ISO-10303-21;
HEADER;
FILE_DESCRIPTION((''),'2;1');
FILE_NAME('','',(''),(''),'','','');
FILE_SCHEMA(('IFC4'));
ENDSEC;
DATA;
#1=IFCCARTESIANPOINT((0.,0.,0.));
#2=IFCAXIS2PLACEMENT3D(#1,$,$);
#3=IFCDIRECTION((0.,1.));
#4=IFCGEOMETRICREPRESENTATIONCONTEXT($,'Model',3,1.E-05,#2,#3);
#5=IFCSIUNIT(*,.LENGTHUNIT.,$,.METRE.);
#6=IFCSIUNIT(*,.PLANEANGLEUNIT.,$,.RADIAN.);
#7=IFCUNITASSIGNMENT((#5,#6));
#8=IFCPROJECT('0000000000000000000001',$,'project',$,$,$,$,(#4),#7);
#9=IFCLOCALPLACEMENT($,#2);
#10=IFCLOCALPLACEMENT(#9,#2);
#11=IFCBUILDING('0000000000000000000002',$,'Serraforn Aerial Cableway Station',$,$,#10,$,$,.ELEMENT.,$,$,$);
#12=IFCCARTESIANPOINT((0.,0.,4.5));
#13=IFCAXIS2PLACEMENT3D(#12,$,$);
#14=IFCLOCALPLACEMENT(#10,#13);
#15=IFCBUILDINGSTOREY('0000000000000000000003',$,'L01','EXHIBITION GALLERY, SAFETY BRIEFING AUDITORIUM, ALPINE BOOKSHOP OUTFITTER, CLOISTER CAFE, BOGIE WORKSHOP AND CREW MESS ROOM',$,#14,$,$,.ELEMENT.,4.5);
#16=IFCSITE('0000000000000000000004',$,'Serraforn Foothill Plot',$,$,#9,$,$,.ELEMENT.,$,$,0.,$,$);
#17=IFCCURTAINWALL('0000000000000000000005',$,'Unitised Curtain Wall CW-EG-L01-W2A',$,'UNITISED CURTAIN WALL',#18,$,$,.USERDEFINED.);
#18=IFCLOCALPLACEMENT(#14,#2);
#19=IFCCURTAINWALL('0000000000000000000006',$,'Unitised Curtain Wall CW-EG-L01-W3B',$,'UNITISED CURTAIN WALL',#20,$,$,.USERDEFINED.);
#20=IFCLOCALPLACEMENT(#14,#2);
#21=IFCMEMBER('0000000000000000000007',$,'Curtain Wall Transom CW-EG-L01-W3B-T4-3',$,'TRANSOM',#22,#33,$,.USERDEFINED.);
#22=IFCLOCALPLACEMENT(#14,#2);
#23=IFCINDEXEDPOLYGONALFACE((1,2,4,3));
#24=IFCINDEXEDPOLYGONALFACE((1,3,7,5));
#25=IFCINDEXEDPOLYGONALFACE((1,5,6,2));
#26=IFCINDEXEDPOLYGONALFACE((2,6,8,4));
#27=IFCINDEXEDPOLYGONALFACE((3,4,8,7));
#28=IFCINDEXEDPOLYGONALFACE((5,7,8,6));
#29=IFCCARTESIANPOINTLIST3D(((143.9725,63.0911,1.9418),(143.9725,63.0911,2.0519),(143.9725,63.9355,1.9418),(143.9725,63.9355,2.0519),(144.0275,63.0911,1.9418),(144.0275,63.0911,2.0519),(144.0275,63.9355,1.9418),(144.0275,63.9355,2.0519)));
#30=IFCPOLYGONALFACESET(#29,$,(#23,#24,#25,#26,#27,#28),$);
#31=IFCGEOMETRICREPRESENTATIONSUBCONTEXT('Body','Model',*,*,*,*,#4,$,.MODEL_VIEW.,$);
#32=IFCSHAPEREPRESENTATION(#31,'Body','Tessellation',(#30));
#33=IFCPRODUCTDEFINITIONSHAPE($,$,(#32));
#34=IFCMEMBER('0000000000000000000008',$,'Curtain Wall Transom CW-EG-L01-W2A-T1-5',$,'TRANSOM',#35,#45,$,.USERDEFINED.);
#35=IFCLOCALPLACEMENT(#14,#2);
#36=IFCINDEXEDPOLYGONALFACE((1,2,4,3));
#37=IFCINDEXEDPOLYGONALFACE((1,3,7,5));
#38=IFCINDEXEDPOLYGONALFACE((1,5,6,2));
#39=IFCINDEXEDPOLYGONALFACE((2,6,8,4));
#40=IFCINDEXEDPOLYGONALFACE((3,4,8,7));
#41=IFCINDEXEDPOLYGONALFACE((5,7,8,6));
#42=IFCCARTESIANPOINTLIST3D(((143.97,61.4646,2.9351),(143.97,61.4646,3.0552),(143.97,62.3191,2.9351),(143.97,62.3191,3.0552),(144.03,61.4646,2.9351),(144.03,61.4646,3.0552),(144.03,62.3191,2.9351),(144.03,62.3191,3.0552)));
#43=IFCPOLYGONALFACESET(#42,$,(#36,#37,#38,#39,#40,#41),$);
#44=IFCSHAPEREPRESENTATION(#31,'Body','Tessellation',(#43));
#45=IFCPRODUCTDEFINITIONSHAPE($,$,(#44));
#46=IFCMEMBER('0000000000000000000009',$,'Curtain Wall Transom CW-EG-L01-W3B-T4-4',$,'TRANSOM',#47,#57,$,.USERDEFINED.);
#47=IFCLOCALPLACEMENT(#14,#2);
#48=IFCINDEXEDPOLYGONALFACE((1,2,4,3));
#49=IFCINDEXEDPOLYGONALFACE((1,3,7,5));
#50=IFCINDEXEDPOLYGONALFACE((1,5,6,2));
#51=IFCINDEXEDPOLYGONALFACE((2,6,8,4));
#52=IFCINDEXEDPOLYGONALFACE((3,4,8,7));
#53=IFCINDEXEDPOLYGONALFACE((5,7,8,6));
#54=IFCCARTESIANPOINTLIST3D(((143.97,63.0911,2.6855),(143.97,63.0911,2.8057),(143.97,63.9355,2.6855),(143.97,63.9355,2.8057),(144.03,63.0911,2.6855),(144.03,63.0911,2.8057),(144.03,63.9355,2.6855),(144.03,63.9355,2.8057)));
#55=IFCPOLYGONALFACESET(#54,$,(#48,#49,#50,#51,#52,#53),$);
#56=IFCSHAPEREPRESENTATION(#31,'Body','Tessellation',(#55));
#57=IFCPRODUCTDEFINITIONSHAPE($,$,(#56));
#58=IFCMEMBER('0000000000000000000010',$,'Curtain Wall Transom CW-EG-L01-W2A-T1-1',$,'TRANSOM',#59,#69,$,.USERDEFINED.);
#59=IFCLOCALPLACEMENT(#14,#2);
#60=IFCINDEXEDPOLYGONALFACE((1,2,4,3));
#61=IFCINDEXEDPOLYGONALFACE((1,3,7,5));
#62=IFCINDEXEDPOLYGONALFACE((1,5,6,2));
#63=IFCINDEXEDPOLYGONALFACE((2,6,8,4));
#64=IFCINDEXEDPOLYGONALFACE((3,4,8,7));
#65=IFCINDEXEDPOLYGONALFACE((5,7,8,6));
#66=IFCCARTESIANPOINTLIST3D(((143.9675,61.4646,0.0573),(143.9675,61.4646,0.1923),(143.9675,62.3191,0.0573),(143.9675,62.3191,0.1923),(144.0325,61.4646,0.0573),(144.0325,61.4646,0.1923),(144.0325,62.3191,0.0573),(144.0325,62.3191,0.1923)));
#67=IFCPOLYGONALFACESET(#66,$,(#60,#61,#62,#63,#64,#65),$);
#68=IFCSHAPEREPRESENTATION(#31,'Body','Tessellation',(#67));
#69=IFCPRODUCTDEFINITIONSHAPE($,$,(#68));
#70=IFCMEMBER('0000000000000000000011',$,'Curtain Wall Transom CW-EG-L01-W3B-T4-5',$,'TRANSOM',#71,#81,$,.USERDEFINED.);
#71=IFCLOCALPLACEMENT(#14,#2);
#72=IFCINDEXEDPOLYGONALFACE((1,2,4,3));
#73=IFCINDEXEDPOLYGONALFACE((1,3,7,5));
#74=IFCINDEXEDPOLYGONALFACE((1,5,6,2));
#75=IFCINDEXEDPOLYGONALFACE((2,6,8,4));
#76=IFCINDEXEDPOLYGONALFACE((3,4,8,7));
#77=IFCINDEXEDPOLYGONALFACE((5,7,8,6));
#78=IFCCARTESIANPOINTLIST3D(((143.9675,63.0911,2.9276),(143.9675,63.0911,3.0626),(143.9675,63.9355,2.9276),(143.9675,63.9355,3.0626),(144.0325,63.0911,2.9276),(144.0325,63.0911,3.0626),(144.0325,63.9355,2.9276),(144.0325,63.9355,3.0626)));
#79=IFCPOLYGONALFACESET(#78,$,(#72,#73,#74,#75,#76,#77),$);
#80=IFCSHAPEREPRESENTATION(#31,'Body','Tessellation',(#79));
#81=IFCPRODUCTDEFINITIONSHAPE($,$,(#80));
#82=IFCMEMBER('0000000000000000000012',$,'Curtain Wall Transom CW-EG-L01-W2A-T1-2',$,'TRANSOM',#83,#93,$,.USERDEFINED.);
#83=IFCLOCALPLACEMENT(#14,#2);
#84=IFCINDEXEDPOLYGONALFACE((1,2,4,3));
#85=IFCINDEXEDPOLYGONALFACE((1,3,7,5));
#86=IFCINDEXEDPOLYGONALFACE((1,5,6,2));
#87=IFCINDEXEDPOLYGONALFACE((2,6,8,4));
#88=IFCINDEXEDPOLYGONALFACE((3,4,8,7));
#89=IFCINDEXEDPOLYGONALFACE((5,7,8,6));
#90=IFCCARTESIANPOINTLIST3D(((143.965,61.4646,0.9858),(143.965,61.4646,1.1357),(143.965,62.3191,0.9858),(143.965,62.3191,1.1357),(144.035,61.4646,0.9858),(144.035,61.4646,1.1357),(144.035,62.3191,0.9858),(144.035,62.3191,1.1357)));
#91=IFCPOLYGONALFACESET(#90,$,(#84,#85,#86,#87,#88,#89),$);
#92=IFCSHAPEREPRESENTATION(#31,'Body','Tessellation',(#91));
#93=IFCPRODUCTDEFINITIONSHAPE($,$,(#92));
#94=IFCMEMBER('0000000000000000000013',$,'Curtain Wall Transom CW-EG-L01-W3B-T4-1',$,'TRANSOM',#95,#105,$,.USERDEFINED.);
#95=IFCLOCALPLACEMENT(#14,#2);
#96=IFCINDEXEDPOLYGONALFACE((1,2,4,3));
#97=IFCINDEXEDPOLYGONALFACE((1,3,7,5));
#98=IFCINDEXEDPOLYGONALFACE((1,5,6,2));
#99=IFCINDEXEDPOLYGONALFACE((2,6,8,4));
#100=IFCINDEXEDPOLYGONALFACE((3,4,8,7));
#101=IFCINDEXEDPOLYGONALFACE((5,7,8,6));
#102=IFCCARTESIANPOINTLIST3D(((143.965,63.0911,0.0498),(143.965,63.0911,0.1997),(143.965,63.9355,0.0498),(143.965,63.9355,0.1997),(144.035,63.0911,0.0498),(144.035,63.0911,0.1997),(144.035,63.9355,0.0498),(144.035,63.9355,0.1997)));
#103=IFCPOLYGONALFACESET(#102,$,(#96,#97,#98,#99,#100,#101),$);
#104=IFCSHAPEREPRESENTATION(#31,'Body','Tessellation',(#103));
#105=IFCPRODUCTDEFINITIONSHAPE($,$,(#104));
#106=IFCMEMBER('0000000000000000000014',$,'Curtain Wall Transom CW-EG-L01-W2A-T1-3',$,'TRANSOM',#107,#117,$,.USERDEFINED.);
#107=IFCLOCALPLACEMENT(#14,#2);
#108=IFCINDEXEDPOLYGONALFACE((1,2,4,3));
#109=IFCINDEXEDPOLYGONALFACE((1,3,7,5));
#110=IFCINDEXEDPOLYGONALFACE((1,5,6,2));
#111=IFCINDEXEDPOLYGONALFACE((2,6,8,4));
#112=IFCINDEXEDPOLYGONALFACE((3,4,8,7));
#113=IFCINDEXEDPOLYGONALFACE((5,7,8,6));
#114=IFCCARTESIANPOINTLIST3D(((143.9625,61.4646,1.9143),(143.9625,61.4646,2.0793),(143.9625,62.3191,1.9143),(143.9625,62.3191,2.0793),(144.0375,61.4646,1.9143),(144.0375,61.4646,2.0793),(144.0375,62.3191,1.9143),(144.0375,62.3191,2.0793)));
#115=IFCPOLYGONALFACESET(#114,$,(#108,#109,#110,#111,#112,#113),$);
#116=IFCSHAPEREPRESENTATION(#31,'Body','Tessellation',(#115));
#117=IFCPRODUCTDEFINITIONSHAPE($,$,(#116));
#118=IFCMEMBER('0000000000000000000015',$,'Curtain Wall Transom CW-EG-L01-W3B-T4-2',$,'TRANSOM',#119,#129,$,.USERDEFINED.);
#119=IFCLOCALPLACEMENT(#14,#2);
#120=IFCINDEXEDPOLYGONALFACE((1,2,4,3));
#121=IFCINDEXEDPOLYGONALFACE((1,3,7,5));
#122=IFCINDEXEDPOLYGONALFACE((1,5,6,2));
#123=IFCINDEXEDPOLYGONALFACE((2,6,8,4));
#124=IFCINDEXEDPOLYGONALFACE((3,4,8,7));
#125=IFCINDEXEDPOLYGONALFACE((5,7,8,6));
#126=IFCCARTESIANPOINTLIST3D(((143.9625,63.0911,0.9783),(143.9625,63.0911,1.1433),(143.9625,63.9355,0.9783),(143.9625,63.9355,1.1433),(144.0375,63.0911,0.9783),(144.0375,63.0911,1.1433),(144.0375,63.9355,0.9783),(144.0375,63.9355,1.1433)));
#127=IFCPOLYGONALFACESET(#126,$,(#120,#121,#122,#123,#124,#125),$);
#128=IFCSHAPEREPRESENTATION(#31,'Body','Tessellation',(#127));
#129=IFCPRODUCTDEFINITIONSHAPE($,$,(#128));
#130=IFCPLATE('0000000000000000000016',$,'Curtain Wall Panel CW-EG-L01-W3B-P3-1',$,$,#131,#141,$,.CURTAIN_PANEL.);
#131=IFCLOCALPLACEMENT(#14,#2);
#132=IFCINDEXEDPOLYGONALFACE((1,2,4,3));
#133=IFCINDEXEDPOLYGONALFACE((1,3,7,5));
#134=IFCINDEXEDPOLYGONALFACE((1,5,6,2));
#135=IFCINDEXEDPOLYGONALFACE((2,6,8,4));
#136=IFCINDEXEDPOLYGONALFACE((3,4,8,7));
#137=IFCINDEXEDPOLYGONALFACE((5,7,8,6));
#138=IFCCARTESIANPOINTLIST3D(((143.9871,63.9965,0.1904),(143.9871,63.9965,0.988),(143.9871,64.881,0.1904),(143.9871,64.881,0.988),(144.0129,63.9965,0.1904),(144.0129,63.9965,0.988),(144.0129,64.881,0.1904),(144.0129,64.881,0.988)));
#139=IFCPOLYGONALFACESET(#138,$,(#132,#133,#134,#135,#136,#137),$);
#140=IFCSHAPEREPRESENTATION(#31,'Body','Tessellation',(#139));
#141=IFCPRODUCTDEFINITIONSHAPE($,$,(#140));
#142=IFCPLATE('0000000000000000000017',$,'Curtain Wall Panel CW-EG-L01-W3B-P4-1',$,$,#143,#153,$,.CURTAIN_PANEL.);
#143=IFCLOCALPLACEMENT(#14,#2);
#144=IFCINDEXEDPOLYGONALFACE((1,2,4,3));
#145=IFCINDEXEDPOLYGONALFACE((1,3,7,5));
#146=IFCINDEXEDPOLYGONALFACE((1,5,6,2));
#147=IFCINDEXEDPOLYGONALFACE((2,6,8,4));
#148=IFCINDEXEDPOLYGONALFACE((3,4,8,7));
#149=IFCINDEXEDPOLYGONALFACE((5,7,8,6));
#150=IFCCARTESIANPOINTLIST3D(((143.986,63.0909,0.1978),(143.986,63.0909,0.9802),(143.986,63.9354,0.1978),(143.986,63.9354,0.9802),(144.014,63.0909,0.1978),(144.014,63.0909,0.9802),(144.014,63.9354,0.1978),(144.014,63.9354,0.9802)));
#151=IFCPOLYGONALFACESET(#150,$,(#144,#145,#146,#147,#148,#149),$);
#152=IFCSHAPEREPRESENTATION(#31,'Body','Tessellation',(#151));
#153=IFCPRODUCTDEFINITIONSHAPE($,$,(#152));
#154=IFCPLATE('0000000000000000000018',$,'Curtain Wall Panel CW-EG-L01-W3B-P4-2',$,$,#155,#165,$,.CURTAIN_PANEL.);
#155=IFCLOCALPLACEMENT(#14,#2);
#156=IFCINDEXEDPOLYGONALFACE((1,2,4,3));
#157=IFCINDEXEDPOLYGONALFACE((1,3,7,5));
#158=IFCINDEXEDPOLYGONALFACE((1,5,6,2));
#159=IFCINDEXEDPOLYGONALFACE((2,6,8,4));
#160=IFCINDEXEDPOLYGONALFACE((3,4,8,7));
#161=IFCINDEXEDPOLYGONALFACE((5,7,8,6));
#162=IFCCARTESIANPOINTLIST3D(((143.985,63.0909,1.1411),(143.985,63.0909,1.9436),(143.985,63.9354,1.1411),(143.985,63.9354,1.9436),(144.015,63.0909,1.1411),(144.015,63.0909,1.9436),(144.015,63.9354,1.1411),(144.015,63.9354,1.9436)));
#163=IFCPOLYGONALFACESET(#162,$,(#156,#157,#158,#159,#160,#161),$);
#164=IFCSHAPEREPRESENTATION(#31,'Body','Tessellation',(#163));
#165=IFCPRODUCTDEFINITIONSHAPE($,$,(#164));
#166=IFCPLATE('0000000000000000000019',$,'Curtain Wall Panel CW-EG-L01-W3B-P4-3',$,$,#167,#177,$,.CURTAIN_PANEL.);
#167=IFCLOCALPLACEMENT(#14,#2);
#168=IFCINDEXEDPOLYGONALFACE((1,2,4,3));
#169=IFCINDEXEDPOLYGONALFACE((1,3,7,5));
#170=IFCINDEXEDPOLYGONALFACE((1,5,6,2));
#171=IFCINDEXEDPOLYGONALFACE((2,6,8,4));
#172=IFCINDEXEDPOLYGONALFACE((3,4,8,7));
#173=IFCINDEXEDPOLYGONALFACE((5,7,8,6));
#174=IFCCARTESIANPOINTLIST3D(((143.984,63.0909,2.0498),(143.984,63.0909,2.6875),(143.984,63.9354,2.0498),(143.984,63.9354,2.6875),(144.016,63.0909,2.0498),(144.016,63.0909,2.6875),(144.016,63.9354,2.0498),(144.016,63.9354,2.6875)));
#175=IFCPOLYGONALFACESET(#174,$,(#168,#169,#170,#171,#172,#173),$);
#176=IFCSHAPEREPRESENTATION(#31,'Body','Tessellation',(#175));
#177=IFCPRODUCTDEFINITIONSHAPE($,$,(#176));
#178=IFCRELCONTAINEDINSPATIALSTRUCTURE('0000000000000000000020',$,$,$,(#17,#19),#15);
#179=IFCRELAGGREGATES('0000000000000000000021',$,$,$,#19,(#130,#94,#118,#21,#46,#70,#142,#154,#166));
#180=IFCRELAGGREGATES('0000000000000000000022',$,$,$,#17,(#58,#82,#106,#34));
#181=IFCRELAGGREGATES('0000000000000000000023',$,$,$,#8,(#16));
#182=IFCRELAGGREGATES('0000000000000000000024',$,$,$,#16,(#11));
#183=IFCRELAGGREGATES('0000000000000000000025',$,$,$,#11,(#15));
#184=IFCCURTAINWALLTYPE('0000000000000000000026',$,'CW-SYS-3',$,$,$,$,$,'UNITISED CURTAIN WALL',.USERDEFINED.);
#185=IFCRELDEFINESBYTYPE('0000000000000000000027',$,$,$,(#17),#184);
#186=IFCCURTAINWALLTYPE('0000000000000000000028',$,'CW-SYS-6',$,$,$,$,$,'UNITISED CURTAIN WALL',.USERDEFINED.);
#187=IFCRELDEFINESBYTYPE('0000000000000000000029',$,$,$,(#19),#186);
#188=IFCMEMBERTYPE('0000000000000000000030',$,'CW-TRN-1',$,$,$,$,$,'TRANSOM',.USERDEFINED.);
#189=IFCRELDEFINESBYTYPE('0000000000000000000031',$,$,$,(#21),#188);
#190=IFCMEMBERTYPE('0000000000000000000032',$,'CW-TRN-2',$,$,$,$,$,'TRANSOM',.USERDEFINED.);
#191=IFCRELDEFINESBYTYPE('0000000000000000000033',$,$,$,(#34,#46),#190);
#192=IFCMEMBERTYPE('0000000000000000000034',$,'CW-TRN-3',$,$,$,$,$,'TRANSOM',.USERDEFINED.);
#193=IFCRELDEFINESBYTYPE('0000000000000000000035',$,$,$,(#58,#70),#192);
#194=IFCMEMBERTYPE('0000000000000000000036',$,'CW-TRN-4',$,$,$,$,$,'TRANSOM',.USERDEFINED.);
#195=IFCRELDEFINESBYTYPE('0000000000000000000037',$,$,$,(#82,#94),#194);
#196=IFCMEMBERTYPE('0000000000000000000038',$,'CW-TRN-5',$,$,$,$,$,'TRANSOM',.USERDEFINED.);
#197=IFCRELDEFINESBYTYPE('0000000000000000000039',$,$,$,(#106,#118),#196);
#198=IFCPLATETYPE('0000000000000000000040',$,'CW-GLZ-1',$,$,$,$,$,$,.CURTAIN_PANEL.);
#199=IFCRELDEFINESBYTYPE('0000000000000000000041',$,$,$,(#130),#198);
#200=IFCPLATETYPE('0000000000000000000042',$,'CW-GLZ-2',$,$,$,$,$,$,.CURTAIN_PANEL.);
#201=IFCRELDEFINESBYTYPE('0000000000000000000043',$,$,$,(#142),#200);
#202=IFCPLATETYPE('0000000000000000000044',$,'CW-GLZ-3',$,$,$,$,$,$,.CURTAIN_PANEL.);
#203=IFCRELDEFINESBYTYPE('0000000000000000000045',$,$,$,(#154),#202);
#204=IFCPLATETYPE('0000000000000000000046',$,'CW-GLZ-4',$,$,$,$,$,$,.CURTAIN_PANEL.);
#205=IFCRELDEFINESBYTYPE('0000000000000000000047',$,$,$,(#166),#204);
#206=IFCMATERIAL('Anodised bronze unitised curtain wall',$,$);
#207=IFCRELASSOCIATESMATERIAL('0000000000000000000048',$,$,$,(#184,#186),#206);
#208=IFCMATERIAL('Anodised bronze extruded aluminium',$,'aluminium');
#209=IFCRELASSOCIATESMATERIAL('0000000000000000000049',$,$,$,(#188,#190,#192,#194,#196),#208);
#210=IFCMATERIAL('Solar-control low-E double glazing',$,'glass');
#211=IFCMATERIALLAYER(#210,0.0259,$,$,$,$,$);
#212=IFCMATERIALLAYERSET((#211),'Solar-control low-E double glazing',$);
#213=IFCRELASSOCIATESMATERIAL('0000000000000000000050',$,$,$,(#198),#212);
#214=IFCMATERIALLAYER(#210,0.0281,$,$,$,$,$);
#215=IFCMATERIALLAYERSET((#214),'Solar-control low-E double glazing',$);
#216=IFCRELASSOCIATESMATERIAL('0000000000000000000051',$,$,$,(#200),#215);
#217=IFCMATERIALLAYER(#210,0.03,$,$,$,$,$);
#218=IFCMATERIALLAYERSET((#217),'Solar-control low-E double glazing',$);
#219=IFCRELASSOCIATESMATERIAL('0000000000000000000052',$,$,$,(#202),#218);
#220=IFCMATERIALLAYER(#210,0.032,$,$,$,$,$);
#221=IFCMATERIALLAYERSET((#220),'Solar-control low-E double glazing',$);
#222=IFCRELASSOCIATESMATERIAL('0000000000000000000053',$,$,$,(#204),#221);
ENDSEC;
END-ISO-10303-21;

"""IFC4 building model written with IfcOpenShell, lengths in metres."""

from ifc_helpers import new_model, si_unit, direction, frame, origin, origin_2d, place, context, subcontext, project, spatial, rectangle, extrude, material, layer, layer_set, material_profile, profile_set, type_object, element, aggregate, save


model = new_model("IFC4")

# Units and contexts
model_context = context("Model", 3, precision=1e-05, world=origin(), true_north=direction((0.0, 1.0)))
body_context = subcontext(model_context, "Body", "Model", "MODEL_VIEW")
ifc_project = project(units=[si_unit("LENGTHUNIT", "METRE"), si_unit("PLANEANGLEUNIT", "RADIAN")], contexts=[model_context])

# Site, building, storey
site_placement = place(None, origin())
site = spatial("IfcSite", under=ifc_project, at=site_placement, Name="Serraforn Foothill Plot", CompositionType="ELEMENT", RefElevation=0.0)
building_placement = place(site_placement, origin())
building = spatial("IfcBuilding", under=site, at=building_placement, Name="Serraforn Aerial Cableway Station", CompositionType="ELEMENT")
storey_placement = place(building_placement, frame((0.0, 0.0, 4.5)))
storey = spatial("IfcBuildingStorey", under=building, at=storey_placement, Name="L01", Description="EXHIBITION GALLERY, SAFETY BRIEFING AUDITORIUM, ALPINE BOOKSHOP OUTFITTER, CLOISTER CAFE, BOGIE WORKSHOP AND CREW MESS ROOM", CompositionType="ELEMENT", Elevation=4.5)

# Curtain wall
ifc_material_1 = material(Name="Anodised bronze unitised curtain wall")
curtain_wall_type_1 = type_object("IfcCurtainWallType", Name="CW-SYS-3", ElementType="UNITISED CURTAIN WALL", PredefinedType="USERDEFINED", material=ifc_material_1)
curtain_wall_1_placement = place(storey_placement, origin())
curtain_wall_1 = element("IfcCurtainWall", 1, at=curtain_wall_1_placement, inside=storey, type_object=curtain_wall_type_1, Name="Unitised Curtain Wall CW-EG-L01-W2A", ObjectType="UNITISED CURTAIN WALL", PredefinedType="USERDEFINED")
ifc_material_2 = material(Name="Anodised bronze extruded aluminium", Category="aluminium")

# Curtain wall
curtain_wall_type_2 = type_object("IfcCurtainWallType", Name="CW-SYS-6", ElementType="UNITISED CURTAIN WALL", PredefinedType="USERDEFINED", material=ifc_material_1)
curtain_wall_2_placement = place(storey_placement, origin())
curtain_wall_2 = element("IfcCurtainWall", 2, at=curtain_wall_2_placement, inside=storey, type_object=curtain_wall_type_2, Name="Unitised Curtain Wall CW-EG-L01-W3B", ObjectType="UNITISED CURTAIN WALL", PredefinedType="USERDEFINED")

# Members
ifc_material_profile_1 = material_profile(ifc_material_2, rectangle(XDim=0.0549, YDim=0.1101, at=origin_2d()), Name="CW TRANSOM 55x110")
ifc_profile_set_1 = profile_set([ifc_material_profile_1], Name="Anodised bronze extruded aluminium")
member_type_1 = type_object("IfcMemberType", Name="CW-TRN-1", ElementType="TRANSOM", PredefinedType="USERDEFINED", material=ifc_profile_set_1)
member_1_placement = place(storey_placement, frame((144.0, 63.9355, 1.9968), z_axis=(0.0, -1.0, 0.0), x_axis=(1.0, 0.0, 0.0)))
member_1 = element("IfcMember", 3, at=member_1_placement, type_object=member_type_1, Name="Curtain Wall Transom CW-EG-L01-W3B-T4-3", ObjectType="TRANSOM", PredefinedType="USERDEFINED", context=body_context, shape_type="SweptSolid", body=[
    extrude(rectangle(XDim=0.0549, YDim=0.1101, at=origin_2d()), origin(), (0.0, 0.0, 1.0), 0.8445),
])
ifc_material_profile_2 = material_profile(ifc_material_2, rectangle(XDim=0.0601, YDim=0.1201, at=origin_2d()), Name="CW TRANSOM 60x120")
ifc_profile_set_2 = profile_set([ifc_material_profile_2], Name="Anodised bronze extruded aluminium")
member_type_2 = type_object("IfcMemberType", Name="CW-TRN-2", ElementType="TRANSOM", PredefinedType="USERDEFINED", material=ifc_profile_set_2)
member_2_placement = place(storey_placement, frame((144.0, 62.3191, 2.9951), z_axis=(0.0, -1.0, 0.0), x_axis=(1.0, 0.0, 0.0)))
member_2 = element("IfcMember", 4, at=member_2_placement, type_object=member_type_2, Name="Curtain Wall Transom CW-EG-L01-W2A-T1-5", ObjectType="TRANSOM", PredefinedType="USERDEFINED", context=body_context, shape_type="SweptSolid", body=[
    extrude(rectangle(XDim=0.0601, YDim=0.1201, at=origin_2d()), origin(), (0.0, 0.0, 1.0), 0.8545),
])
member_3_placement = place(storey_placement, frame((144.0, 63.9355, 2.7456), z_axis=(0.0, -1.0, 0.0), x_axis=(1.0, 0.0, 0.0)))
member_3 = element("IfcMember", 5, at=member_3_placement, type_object=member_type_2, Name="Curtain Wall Transom CW-EG-L01-W3B-T4-4", ObjectType="TRANSOM", PredefinedType="USERDEFINED", context=body_context, shape_type="SweptSolid", body=[
    extrude(rectangle(XDim=0.0601, YDim=0.1201, at=origin_2d()), origin(), (0.0, 0.0, 1.0), 0.8445),
])
ifc_material_profile_3 = material_profile(ifc_material_2, rectangle(XDim=0.0649, YDim=0.135, at=origin_2d()), Name="CW TRANSOM 65x135")
ifc_profile_set_3 = profile_set([ifc_material_profile_3], Name="Anodised bronze extruded aluminium")
member_type_3 = type_object("IfcMemberType", Name="CW-TRN-3", ElementType="TRANSOM", PredefinedType="USERDEFINED", material=ifc_profile_set_3)
member_4_placement = place(storey_placement, frame((144.0, 62.3191, 0.1248), z_axis=(0.0, -1.0, 0.0), x_axis=(1.0, 0.0, 0.0)))
member_4 = element("IfcMember", 6, at=member_4_placement, type_object=member_type_3, Name="Curtain Wall Transom CW-EG-L01-W2A-T1-1", ObjectType="TRANSOM", PredefinedType="USERDEFINED", context=body_context, shape_type="SweptSolid", body=[
    extrude(rectangle(XDim=0.0649, YDim=0.135, at=origin_2d()), origin(), (0.0, 0.0, 1.0), 0.8545),
])
member_5_placement = place(storey_placement, frame((144.0, 63.9355, 2.9951), z_axis=(0.0, -1.0, 0.0), x_axis=(1.0, 0.0, 0.0)))
member_5 = element("IfcMember", 7, at=member_5_placement, type_object=member_type_3, Name="Curtain Wall Transom CW-EG-L01-W3B-T4-5", ObjectType="TRANSOM", PredefinedType="USERDEFINED", context=body_context, shape_type="SweptSolid", body=[
    extrude(rectangle(XDim=0.0649, YDim=0.135, at=origin_2d()), origin(), (0.0, 0.0, 1.0), 0.8445),
])
ifc_material_profile_4 = material_profile(ifc_material_2, rectangle(XDim=0.0701, YDim=0.1499, at=origin_2d()), Name="CW TRANSOM 70x150")
ifc_profile_set_4 = profile_set([ifc_material_profile_4], Name="Anodised bronze extruded aluminium")
member_type_4 = type_object("IfcMemberType", Name="CW-TRN-4", ElementType="TRANSOM", PredefinedType="USERDEFINED", material=ifc_profile_set_4)
member_6_placement = place(storey_placement, frame((144.0, 62.3191, 1.0608), z_axis=(0.0, -1.0, 0.0), x_axis=(1.0, 0.0, 0.0)))
member_6 = element("IfcMember", 8, at=member_6_placement, type_object=member_type_4, Name="Curtain Wall Transom CW-EG-L01-W2A-T1-2", ObjectType="TRANSOM", PredefinedType="USERDEFINED", context=body_context, shape_type="SweptSolid", body=[
    extrude(rectangle(XDim=0.0701, YDim=0.1499, at=origin_2d()), origin(), (0.0, 0.0, 1.0), 0.8545),
])
member_7_placement = place(storey_placement, frame((144.0, 63.9355, 0.1248), z_axis=(0.0, -1.0, 0.0), x_axis=(1.0, 0.0, 0.0)))
member_7 = element("IfcMember", 9, at=member_7_placement, type_object=member_type_4, Name="Curtain Wall Transom CW-EG-L01-W3B-T4-1", ObjectType="TRANSOM", PredefinedType="USERDEFINED", context=body_context, shape_type="SweptSolid", body=[
    extrude(rectangle(XDim=0.0701, YDim=0.1499, at=origin_2d()), origin(), (0.0, 0.0, 1.0), 0.8445),
])
ifc_material_profile_5 = material_profile(ifc_material_2, rectangle(XDim=0.075, YDim=0.165, at=origin_2d()), Name="CW TRANSOM 75x165")
ifc_profile_set_5 = profile_set([ifc_material_profile_5], Name="Anodised bronze extruded aluminium")
member_type_5 = type_object("IfcMemberType", Name="CW-TRN-5", ElementType="TRANSOM", PredefinedType="USERDEFINED", material=ifc_profile_set_5)
member_8_placement = place(storey_placement, frame((144.0, 62.3191, 1.9968), z_axis=(0.0, -1.0, 0.0), x_axis=(1.0, 0.0, 0.0)))
member_8 = element("IfcMember", 10, at=member_8_placement, type_object=member_type_5, Name="Curtain Wall Transom CW-EG-L01-W2A-T1-3", ObjectType="TRANSOM", PredefinedType="USERDEFINED", context=body_context, shape_type="SweptSolid", body=[
    extrude(rectangle(XDim=0.075, YDim=0.165, at=origin_2d()), origin(), (0.0, 0.0, 1.0), 0.8545),
])
member_9_placement = place(storey_placement, frame((144.0, 63.9355, 1.0608), z_axis=(0.0, -1.0, 0.0), x_axis=(1.0, 0.0, 0.0)))
member_9 = element("IfcMember", 11, at=member_9_placement, type_object=member_type_5, Name="Curtain Wall Transom CW-EG-L01-W3B-T4-2", ObjectType="TRANSOM", PredefinedType="USERDEFINED", context=body_context, shape_type="SweptSolid", body=[
    extrude(rectangle(XDim=0.075, YDim=0.165, at=origin_2d()), origin(), (0.0, 0.0, 1.0), 0.8445),
])

# Plates
ifc_material_3 = material(Name="Solar-control low-E double glazing", Category="glass")
ifc_layer_1 = layer(ifc_material_3, 0.0259)
ifc_layer_set_1 = layer_set([ifc_layer_1], Name="Solar-control low-E double glazing")
plate_type_1 = type_object("IfcPlateType", Name="CW-GLZ-1", PredefinedType="CURTAIN_PANEL", material=ifc_layer_set_1)
plate_1_placement = place(storey_placement, frame((144.0, 64.4387, 0.1904), z_axis=(0.0, 0.0, 1.0), x_axis=(1.0, 0.0, 0.0)))
plate_1 = element("IfcPlate", 12, at=plate_1_placement, type_object=plate_type_1, Name="Curtain Wall Panel CW-EG-L01-W3B-P3-1", PredefinedType="CURTAIN_PANEL", context=body_context, shape_type="SweptSolid", body=[
    extrude(rectangle(XDim=0.0259, YDim=0.8845, at=origin_2d()), origin(), (0.0, 0.0, 1.0), 0.7976),
])
ifc_layer_2 = layer(ifc_material_3, 0.0281)
ifc_layer_set_2 = layer_set([ifc_layer_2], Name="Solar-control low-E double glazing")
plate_type_2 = type_object("IfcPlateType", Name="CW-GLZ-2", PredefinedType="CURTAIN_PANEL", material=ifc_layer_set_2)
plate_2_placement = place(storey_placement, frame((144.0, 63.5132, 0.1978), z_axis=(0.0, 0.0, 1.0), x_axis=(1.0, 0.0, 0.0)))
plate_2 = element("IfcPlate", 13, at=plate_2_placement, type_object=plate_type_2, Name="Curtain Wall Panel CW-EG-L01-W3B-P4-1", PredefinedType="CURTAIN_PANEL", context=body_context, shape_type="SweptSolid", body=[
    extrude(rectangle(XDim=0.0281, YDim=0.8445, at=origin_2d()), origin(), (0.0, 0.0, 1.0), 0.7825),
])
ifc_layer_3 = layer(ifc_material_3, 0.03)
ifc_layer_set_3 = layer_set([ifc_layer_3], Name="Solar-control low-E double glazing")
plate_type_3 = type_object("IfcPlateType", Name="CW-GLZ-3", PredefinedType="CURTAIN_PANEL", material=ifc_layer_set_3)
plate_3_placement = place(storey_placement, frame((144.0, 63.5132, 1.1411), z_axis=(0.0, 0.0, 1.0), x_axis=(1.0, 0.0, 0.0)))
plate_3 = element("IfcPlate", 14, at=plate_3_placement, type_object=plate_type_3, Name="Curtain Wall Panel CW-EG-L01-W3B-P4-2", PredefinedType="CURTAIN_PANEL", context=body_context, shape_type="SweptSolid", body=[
    extrude(rectangle(XDim=0.03, YDim=0.8445, at=origin_2d()), origin(), (0.0, 0.0, 1.0), 0.8025),
])
ifc_layer_4 = layer(ifc_material_3, 0.032)
ifc_layer_set_4 = layer_set([ifc_layer_4], Name="Solar-control low-E double glazing")
plate_type_4 = type_object("IfcPlateType", Name="CW-GLZ-4", PredefinedType="CURTAIN_PANEL", material=ifc_layer_set_4)
plate_4_placement = place(storey_placement, frame((144.0, 63.5132, 2.0498), z_axis=(0.0, 0.0, 1.0), x_axis=(1.0, 0.0, 0.0)))
plate_4 = element("IfcPlate", 15, at=plate_4_placement, type_object=plate_type_4, Name="Curtain Wall Panel CW-EG-L01-W3B-P4-3", PredefinedType="CURTAIN_PANEL", context=body_context, shape_type="SweptSolid", body=[
    extrude(rectangle(XDim=0.032, YDim=0.8445, at=origin_2d()), origin(), (0.0, 0.0, 1.0), 0.6377),
])
aggregate(curtain_wall_2, [plate_1, member_7, member_9, member_1, member_3, member_5, plate_2, plate_3, plate_4])
aggregate(curtain_wall_1, [member_4, member_6, member_8, member_2])

save(model, "model.ifc")
